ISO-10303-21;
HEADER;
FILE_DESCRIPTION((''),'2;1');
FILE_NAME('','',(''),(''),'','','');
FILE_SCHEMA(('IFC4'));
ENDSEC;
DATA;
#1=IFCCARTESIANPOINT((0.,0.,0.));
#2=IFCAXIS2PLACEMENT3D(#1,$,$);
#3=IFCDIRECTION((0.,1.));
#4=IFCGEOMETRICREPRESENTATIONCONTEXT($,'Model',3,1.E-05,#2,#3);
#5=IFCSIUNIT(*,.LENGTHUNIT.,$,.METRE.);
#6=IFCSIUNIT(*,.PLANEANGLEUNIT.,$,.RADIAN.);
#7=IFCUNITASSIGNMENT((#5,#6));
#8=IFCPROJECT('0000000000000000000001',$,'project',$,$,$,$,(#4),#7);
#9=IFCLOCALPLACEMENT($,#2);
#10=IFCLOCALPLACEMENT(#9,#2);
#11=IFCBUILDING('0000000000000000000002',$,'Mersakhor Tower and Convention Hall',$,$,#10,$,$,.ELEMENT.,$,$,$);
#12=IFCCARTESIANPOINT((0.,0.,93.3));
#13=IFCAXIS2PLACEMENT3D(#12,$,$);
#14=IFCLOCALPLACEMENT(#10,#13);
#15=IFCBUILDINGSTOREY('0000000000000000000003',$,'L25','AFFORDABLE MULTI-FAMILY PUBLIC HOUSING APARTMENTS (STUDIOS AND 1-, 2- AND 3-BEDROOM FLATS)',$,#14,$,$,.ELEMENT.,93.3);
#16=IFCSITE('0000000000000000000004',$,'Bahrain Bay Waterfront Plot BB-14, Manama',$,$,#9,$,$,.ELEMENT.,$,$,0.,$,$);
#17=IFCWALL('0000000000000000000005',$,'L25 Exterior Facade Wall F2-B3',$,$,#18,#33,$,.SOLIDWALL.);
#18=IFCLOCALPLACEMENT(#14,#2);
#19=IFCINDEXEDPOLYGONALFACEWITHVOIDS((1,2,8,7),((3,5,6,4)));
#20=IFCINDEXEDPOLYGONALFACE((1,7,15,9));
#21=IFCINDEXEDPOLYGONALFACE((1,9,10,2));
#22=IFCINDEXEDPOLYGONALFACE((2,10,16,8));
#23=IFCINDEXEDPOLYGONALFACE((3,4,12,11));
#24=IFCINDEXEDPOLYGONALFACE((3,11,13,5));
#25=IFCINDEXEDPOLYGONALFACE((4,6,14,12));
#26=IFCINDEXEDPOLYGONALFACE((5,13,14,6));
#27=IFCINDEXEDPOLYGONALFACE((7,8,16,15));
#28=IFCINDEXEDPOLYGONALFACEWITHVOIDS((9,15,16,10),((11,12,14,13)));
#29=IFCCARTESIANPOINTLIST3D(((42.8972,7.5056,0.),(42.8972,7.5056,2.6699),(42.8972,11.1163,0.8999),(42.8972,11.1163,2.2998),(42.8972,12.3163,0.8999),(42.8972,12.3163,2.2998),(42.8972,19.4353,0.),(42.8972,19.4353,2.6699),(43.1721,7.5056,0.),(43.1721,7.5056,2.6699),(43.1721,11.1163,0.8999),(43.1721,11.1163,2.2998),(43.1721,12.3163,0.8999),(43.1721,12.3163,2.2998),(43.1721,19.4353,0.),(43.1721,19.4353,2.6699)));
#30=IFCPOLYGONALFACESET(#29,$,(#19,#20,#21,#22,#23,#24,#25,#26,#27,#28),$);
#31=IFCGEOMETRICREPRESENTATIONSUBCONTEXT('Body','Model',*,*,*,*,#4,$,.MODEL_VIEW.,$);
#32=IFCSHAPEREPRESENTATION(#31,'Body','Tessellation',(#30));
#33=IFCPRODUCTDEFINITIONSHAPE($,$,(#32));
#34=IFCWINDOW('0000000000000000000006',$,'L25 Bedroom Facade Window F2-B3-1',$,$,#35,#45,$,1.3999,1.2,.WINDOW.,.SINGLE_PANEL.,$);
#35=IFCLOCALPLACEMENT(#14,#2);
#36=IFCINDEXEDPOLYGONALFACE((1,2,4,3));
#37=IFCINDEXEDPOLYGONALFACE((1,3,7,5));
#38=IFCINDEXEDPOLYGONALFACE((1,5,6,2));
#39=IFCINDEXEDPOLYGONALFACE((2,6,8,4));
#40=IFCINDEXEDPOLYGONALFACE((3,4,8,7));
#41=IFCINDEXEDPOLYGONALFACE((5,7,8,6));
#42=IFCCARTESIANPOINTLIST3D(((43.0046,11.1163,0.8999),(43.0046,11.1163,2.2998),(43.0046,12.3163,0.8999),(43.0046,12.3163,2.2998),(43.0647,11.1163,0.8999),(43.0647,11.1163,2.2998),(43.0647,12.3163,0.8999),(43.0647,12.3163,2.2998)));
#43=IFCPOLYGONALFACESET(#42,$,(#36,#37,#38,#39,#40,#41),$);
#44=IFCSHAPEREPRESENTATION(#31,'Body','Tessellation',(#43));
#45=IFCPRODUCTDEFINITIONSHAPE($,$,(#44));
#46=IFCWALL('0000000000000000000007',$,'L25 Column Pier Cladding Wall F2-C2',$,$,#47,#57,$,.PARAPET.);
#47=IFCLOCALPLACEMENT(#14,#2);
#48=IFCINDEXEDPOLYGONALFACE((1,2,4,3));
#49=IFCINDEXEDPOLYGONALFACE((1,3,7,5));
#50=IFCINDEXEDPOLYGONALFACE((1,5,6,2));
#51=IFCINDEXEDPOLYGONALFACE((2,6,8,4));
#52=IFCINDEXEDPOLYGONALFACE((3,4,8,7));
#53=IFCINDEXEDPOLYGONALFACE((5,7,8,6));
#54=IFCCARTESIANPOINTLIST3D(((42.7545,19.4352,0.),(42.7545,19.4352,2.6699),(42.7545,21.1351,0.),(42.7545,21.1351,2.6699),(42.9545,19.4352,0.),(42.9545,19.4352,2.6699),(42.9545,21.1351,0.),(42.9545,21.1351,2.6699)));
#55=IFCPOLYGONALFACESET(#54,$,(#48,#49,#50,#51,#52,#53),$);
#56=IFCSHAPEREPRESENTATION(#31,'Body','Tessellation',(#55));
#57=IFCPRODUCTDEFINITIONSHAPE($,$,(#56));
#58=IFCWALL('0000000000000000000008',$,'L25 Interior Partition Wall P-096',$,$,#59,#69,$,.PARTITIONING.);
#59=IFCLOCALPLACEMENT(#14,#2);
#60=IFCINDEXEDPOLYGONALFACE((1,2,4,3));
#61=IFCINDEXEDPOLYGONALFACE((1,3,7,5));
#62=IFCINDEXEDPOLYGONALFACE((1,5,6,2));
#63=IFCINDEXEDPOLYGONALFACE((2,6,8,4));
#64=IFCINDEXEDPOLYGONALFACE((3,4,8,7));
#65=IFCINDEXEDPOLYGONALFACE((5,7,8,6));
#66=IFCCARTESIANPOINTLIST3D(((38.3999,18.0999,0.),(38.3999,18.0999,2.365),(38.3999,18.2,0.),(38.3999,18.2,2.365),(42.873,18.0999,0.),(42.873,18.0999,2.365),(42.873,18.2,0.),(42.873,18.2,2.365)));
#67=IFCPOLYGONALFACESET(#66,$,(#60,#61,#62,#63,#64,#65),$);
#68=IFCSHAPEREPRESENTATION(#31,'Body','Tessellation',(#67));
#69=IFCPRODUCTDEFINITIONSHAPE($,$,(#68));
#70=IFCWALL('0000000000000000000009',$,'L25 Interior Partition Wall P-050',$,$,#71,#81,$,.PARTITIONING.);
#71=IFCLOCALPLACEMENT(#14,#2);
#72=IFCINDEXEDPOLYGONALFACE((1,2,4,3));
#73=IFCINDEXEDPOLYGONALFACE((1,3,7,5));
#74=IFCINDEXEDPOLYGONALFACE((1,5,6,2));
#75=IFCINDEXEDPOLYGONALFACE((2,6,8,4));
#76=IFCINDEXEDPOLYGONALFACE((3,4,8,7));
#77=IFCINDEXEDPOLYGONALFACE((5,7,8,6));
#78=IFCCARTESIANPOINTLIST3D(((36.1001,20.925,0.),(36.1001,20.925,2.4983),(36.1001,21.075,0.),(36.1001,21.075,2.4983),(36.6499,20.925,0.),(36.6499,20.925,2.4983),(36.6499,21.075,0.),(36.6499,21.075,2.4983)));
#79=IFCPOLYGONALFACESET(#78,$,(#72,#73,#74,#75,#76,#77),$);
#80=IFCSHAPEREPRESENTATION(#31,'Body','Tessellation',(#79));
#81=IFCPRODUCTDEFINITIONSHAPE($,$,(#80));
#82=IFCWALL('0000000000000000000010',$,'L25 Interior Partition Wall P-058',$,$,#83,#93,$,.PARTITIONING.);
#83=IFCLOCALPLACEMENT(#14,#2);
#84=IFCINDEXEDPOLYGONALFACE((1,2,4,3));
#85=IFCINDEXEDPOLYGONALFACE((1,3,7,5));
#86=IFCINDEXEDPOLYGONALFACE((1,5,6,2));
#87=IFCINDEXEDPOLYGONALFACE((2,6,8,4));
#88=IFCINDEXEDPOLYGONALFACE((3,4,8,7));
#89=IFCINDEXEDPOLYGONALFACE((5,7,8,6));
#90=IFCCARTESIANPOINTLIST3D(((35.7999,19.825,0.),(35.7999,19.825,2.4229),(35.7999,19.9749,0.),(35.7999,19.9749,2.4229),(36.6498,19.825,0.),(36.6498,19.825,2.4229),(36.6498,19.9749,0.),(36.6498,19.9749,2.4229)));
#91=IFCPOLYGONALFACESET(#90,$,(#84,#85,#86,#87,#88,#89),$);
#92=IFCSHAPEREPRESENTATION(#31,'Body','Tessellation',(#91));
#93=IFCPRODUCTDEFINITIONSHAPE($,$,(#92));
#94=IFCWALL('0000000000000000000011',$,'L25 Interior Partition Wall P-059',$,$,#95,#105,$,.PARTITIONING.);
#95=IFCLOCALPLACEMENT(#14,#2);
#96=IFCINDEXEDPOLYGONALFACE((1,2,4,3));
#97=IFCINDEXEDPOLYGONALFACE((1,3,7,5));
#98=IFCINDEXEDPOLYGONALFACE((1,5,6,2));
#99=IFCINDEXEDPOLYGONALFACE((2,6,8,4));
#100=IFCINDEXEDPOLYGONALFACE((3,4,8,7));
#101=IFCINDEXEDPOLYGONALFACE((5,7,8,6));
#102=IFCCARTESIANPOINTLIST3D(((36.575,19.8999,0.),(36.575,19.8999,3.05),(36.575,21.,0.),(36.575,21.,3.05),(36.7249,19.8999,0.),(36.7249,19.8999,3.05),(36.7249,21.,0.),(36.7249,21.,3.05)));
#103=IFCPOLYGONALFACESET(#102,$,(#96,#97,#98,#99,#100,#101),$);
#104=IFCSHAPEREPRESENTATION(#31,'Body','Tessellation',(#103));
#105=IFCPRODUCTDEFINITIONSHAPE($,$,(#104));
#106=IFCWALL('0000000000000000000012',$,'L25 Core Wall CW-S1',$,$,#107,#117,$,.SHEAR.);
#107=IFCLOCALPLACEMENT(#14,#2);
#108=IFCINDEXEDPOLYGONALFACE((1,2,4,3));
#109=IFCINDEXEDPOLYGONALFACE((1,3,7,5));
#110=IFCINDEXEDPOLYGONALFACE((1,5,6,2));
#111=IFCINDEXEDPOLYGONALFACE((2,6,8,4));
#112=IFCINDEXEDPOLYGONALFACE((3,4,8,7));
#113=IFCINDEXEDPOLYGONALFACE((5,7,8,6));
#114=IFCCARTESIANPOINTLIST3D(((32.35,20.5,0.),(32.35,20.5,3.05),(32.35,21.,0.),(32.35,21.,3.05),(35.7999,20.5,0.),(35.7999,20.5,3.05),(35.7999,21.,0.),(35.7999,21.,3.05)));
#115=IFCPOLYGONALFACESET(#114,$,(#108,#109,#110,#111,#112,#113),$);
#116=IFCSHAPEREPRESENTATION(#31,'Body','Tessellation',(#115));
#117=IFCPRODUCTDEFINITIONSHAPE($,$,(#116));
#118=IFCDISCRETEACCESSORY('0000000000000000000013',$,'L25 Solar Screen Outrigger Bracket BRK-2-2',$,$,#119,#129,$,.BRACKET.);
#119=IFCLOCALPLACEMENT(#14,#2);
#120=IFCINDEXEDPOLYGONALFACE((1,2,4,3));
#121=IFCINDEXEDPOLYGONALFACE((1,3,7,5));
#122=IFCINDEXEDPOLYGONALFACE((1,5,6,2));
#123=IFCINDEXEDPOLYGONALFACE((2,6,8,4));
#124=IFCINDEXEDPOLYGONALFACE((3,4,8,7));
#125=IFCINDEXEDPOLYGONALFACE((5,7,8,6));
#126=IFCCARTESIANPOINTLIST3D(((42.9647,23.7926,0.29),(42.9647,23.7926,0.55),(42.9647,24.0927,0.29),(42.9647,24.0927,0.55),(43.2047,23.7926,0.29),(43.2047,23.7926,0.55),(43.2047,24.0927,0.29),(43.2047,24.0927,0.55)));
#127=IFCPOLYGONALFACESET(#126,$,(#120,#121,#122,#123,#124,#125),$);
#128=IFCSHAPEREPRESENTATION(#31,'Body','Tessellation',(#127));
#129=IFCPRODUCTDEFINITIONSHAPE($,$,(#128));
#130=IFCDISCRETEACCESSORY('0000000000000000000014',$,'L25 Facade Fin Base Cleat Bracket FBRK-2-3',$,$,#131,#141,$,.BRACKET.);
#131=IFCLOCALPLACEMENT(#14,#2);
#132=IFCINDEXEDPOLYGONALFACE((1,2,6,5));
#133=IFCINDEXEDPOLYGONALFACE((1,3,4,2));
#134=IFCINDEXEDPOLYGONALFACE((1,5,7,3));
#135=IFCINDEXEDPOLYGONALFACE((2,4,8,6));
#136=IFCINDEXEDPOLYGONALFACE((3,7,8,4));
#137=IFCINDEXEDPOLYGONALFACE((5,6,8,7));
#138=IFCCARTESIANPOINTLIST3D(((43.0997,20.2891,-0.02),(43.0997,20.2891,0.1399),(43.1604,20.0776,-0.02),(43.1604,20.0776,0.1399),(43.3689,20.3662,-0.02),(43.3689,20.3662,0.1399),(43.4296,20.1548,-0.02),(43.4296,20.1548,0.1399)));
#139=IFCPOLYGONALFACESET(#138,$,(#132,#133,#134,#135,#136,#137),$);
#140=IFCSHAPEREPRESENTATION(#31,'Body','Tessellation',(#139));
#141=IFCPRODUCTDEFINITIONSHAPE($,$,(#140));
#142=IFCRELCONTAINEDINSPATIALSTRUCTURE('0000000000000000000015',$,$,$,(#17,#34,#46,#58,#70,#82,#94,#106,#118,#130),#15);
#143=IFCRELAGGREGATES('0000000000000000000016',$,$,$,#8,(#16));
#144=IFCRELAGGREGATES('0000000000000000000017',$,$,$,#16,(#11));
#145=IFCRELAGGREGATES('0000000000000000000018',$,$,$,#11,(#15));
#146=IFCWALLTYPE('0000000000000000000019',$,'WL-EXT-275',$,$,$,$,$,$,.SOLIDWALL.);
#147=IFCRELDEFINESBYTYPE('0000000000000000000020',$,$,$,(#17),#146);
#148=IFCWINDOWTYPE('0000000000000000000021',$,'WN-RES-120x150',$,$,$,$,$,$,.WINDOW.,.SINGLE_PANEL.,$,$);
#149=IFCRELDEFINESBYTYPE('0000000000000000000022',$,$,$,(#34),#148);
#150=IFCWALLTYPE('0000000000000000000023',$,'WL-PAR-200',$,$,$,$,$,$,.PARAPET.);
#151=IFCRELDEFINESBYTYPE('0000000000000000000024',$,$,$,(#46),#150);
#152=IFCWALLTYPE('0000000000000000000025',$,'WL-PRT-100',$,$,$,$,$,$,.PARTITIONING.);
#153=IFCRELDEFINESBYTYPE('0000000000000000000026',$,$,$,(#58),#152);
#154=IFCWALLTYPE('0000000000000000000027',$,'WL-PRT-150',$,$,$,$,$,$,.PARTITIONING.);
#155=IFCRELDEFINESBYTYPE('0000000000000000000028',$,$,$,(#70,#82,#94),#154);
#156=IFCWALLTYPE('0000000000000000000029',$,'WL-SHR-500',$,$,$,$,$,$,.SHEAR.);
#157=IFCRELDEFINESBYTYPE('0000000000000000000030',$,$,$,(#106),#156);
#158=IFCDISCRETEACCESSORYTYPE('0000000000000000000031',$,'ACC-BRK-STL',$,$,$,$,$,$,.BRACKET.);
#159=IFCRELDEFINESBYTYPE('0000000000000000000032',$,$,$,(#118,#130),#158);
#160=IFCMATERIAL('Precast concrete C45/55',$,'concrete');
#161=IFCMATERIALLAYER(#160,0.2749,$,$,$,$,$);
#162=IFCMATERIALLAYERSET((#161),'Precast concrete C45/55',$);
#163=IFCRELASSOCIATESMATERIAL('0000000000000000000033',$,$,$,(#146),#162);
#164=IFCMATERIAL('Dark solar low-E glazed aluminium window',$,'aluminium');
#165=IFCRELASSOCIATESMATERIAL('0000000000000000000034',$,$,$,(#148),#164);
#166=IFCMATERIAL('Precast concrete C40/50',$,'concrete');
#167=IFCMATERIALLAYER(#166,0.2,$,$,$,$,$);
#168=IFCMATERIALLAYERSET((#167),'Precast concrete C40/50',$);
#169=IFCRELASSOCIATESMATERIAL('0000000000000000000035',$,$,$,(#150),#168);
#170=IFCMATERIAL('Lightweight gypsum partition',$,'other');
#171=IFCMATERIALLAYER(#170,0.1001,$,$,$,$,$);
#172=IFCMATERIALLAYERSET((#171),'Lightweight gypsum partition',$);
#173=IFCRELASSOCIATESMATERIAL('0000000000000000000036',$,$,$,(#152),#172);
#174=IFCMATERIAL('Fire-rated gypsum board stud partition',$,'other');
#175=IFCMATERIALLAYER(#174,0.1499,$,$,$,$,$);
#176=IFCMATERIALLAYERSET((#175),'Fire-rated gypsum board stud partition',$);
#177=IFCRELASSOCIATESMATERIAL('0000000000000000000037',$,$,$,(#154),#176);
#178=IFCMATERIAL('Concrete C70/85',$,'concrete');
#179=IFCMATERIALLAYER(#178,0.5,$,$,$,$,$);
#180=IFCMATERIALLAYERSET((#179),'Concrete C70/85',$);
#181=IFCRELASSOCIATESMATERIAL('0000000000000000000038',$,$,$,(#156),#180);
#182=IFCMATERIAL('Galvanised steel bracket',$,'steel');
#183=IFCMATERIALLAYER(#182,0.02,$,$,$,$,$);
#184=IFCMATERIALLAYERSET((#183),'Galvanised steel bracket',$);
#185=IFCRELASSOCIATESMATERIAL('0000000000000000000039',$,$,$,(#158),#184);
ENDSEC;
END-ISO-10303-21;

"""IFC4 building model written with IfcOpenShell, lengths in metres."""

from ifc_helpers import new_model, si_unit, direction, frame, frame_2d, origin, origin_2d, place, context, subcontext, project, spatial, rectangle, extrude, material, layer, layer_set, type_object, element, fill, save


model = new_model("IFC4")

# Units and contexts
model_context = context("Model", 3, precision=1e-05, world=origin(), true_north=direction((0.0, 1.0)))
body_context = subcontext(model_context, "Body", "Model", "MODEL_VIEW")
ifc_project = project(units=[si_unit("LENGTHUNIT", "METRE"), si_unit("PLANEANGLEUNIT", "RADIAN")], contexts=[model_context])

# Site, building, storey
site_placement = place(None, origin())
site = spatial("IfcSite", under=ifc_project, at=site_placement, Name="Bahrain Bay Waterfront Plot BB-14, Manama", CompositionType="ELEMENT", RefElevation=0.0)
building_placement = place(site_placement, origin())
building = spatial("IfcBuilding", under=site, at=building_placement, Name="Mersakhor Tower and Convention Hall", CompositionType="ELEMENT")
storey_placement = place(building_placement, frame((0.0, 0.0, 93.3)))
storey = spatial("IfcBuildingStorey", under=building, at=storey_placement, Name="L25", Description="AFFORDABLE MULTI-FAMILY PUBLIC HOUSING APARTMENTS (STUDIOS AND 1-, 2- AND 3-BEDROOM FLATS)", CompositionType="ELEMENT", Elevation=93.3)

# Wall, opening, window
ifc_material_1 = material(Name="Precast concrete C45/55", Category="concrete")
ifc_layer_1 = layer(ifc_material_1, 0.2749)
ifc_layer_set_1 = layer_set([ifc_layer_1], Name="Precast concrete C45/55")
wall_type_1 = type_object("IfcWallType", Name="WL-EXT-275", PredefinedType="SOLIDWALL", material=ifc_layer_set_1)
wall_1_placement = place(storey_placement, frame((43.0347, 19.4353, 0.0), z_axis=(0.0, 0.0, 1.0), x_axis=(0.0, -1.0, 0.0)))
wall_1 = element("IfcWall", 1, at=wall_1_placement, inside=storey, type_object=wall_type_1, Name="L25 Exterior Facade Wall F2-B3", PredefinedType="SOLIDWALL", context=body_context, shape_type="SweptSolid", body=[
    extrude(rectangle(XDim=11.9297, YDim=0.2749, at=frame_2d((5.9648, 0.0))), origin(), (0.0, 0.0, 1.0), 2.6699),
])
opening_1_placement = place(wall_1_placement, frame((7.1189, 0.0, 0.8999)))
opening_1 = element("IfcOpeningElement", 2, at=opening_1_placement, cuts=wall_1, PredefinedType="OPENING", context=body_context, shape_type="SweptSolid", body=[
    extrude(rectangle(XDim=1.2, YDim=1.3999, at=frame_2d((0.6001, 0.7))), frame((0.0, 0.1475, 0.0), z_axis=(0.0, -1.0, 0.0), x_axis=(1.0, 0.0, 0.0)), (0.0, 0.0, 1.0), 0.2949),
])
ifc_material_2 = material(Name="Dark solar low-E glazed aluminium window", Category="aluminium")
window_type = type_object("IfcWindowType", Name="WN-RES-120x150", PartitioningType="SINGLE_PANEL", PredefinedType="WINDOW", material=ifc_material_2)
window_placement = place(opening_1_placement, origin())
window = element("IfcWindow", 3, at=window_placement, inside=storey, type_object=window_type, Name="L25 Bedroom Facade Window F2-B3-1", OverallHeight=1.3999, OverallWidth=1.2, PartitioningType="SINGLE_PANEL", PredefinedType="WINDOW", context=body_context, shape_type="SweptSolid", body=[
    extrude(rectangle(XDim=1.2, YDim=1.3999, at=frame_2d((0.6001, 0.7))), frame((0.0, 0.03, 0.0), z_axis=(0.0, -1.0, 0.0), x_axis=(1.0, 0.0, 0.0)), (0.0, 0.0, 1.0), 0.0601),
])
fill(opening_1, window)

# Walls
ifc_material_3 = material(Name="Precast concrete C40/50", Category="concrete")
ifc_layer_2 = layer(ifc_material_3, 0.2)
ifc_layer_set_2 = layer_set([ifc_layer_2], Name="Precast concrete C40/50")
wall_type_2 = type_object("IfcWallType", Name="WL-PAR-200", PredefinedType="PARAPET", material=ifc_layer_set_2)
wall_2_placement = place(storey_placement, frame((42.8545, 21.1353, 0.0), z_axis=(0.0, 0.0, 1.0), x_axis=(0.0, -1.0, 0.0)))
element("IfcWall", 4, at=wall_2_placement, inside=storey, type_object=wall_type_2, Name="L25 Column Pier Cladding Wall F2-C2", PredefinedType="PARAPET", context=body_context, shape_type="SweptSolid", body=[
    extrude(rectangle(XDim=1.7, YDim=0.2, at=frame_2d((0.8501, 0.0))), origin(), (0.0, 0.0, 1.0), 2.6699),
])
ifc_material_4 = material(Name="Lightweight gypsum partition", Category="other")
ifc_layer_3 = layer(ifc_material_4, 0.1001)
ifc_layer_set_3 = layer_set([ifc_layer_3], Name="Lightweight gypsum partition")
wall_type_3 = type_object("IfcWallType", Name="WL-PRT-100", PredefinedType="PARTITIONING", material=ifc_layer_set_3)
wall_3_placement = place(storey_placement, frame((38.3999, 18.1499, 0.0), z_axis=(0.0, 0.0, 1.0), x_axis=(1.0, 0.0, 0.0)))
element("IfcWall", 5, at=wall_3_placement, inside=storey, type_object=wall_type_3, Name="L25 Interior Partition Wall P-096", PredefinedType="PARTITIONING", context=body_context, shape_type="SweptSolid", body=[
    extrude(rectangle(XDim=4.4731, YDim=0.1001, at=frame_2d((2.2366, 0.0))), origin(), (0.0, 0.0, 1.0), 2.365),
])

# Shared definitions
ifc_material_5 = material(Name="Fire-rated gypsum board stud partition", Category="other")
ifc_layer_4 = layer(ifc_material_5, 0.1499)
ifc_layer_set_4 = layer_set([ifc_layer_4], Name="Fire-rated gypsum board stud partition")
wall_type_4 = type_object("IfcWallType", Name="WL-PRT-150", PredefinedType="PARTITIONING", material=ifc_layer_set_4)

# Walls
wall_4_placement = place(storey_placement, frame((36.6499, 21.0, 0.0), z_axis=(0.0, 0.0, 1.0), x_axis=(-1.0, 0.0, 0.0)))
element("IfcWall", 6, at=wall_4_placement, inside=storey, type_object=wall_type_4, Name="L25 Interior Partition Wall P-050", PredefinedType="PARTITIONING", context=body_context, shape_type="SweptSolid", body=[
    extrude(rectangle(XDim=0.5498, YDim=0.1499, at=frame_2d((0.2749, 0.0))), origin(), (0.0, 0.0, 1.0), 2.4983),
])
wall_5_placement = place(storey_placement, frame((35.8, 19.8999, 0.0), z_axis=(0.0, 0.0, 1.0), x_axis=(1.0, 0.0, 0.0)))
element("IfcWall", 7, at=wall_5_placement, inside=storey, type_object=wall_type_4, Name="L25 Interior Partition Wall P-058", PredefinedType="PARTITIONING", context=body_context, shape_type="SweptSolid", body=[
    extrude(rectangle(XDim=0.8499, YDim=0.1499, at=frame_2d((0.4248, 0.0))), origin(), (0.0, 0.0, 1.0), 2.4229),
])
wall_6_placement = place(storey_placement, frame((36.6499, 19.8999, 0.0), z_axis=(0.0, 0.0, 1.0), x_axis=(0.0, 1.0, 0.0)))
element("IfcWall", 8, at=wall_6_placement, inside=storey, type_object=wall_type_4, Name="L25 Interior Partition Wall P-059", PredefinedType="PARTITIONING", context=body_context, shape_type="SweptSolid", body=[
    extrude(rectangle(XDim=1.1001, YDim=0.1499, at=frame_2d((0.55, 0.0))), origin(), (0.0, 0.0, 1.0), 3.05),
])
ifc_material_6 = material(Name="Concrete C70/85", Category="concrete")
ifc_layer_5 = layer(ifc_material_6, 0.5)
ifc_layer_set_5 = layer_set([ifc_layer_5], Name="Concrete C70/85")
wall_type_5 = type_object("IfcWallType", Name="WL-SHR-500", PredefinedType="SHEAR", material=ifc_layer_set_5)
wall_7_placement = place(storey_placement, frame((35.8, 20.75, 0.0), z_axis=(0.0, 0.0, 1.0), x_axis=(-1.0, 0.0, 0.0)))
element("IfcWall", 9, at=wall_7_placement, inside=storey, type_object=wall_type_5, Name="L25 Core Wall CW-S1", PredefinedType="SHEAR", context=body_context, shape_type="SweptSolid", body=[
    extrude(rectangle(XDim=3.45, YDim=0.5, at=frame_2d((1.7251, 0.0))), origin(), (0.0, 0.0, 1.0), 3.05),
])

# Discrete accessories
ifc_material_7 = material(Name="Galvanised steel bracket", Category="steel")
ifc_layer_6 = layer(ifc_material_7, 0.02)
ifc_layer_set_6 = layer_set([ifc_layer_6], Name="Galvanised steel bracket")
discrete_accessory_type = type_object("IfcDiscreteAccessoryType", Name="ACC-BRK-STL", PredefinedType="BRACKET", material=ifc_layer_set_6)
discrete_accessory_1_placement = place(storey_placement, frame((43.0847, 23.9426, 0.29), z_axis=(0.0, 0.0, 1.0), x_axis=(0.0, -1.0, 0.0)))
element("IfcDiscreteAccessory", 10, at=discrete_accessory_1_placement, inside=storey, type_object=discrete_accessory_type, Name="L25 Solar Screen Outrigger Bracket BRK-2-2", PredefinedType="BRACKET", context=body_context, shape_type="SweptSolid", body=[
    extrude(rectangle(XDim=0.3, YDim=0.24, at=origin_2d()), origin(), (0.0, 0.0, 1.0), 0.26),
])
discrete_accessory_2_placement = place(storey_placement, frame((43.2646, 20.2219, -0.02), z_axis=(0.0, 0.0, 1.0), x_axis=(0.961262, 0.275637, 0.0)))
element("IfcDiscreteAccessory", 11, at=discrete_accessory_2_placement, inside=storey, type_object=discrete_accessory_type, Name="L25 Facade Fin Base Cleat Bracket FBRK-2-3", PredefinedType="BRACKET", context=body_context, shape_type="SweptSolid", body=[
    extrude(rectangle(XDim=0.28, YDim=0.22, at=origin_2d()), origin(), (0.0, 0.0, 1.0), 0.1599),
])

save(model, "model.ifc")
